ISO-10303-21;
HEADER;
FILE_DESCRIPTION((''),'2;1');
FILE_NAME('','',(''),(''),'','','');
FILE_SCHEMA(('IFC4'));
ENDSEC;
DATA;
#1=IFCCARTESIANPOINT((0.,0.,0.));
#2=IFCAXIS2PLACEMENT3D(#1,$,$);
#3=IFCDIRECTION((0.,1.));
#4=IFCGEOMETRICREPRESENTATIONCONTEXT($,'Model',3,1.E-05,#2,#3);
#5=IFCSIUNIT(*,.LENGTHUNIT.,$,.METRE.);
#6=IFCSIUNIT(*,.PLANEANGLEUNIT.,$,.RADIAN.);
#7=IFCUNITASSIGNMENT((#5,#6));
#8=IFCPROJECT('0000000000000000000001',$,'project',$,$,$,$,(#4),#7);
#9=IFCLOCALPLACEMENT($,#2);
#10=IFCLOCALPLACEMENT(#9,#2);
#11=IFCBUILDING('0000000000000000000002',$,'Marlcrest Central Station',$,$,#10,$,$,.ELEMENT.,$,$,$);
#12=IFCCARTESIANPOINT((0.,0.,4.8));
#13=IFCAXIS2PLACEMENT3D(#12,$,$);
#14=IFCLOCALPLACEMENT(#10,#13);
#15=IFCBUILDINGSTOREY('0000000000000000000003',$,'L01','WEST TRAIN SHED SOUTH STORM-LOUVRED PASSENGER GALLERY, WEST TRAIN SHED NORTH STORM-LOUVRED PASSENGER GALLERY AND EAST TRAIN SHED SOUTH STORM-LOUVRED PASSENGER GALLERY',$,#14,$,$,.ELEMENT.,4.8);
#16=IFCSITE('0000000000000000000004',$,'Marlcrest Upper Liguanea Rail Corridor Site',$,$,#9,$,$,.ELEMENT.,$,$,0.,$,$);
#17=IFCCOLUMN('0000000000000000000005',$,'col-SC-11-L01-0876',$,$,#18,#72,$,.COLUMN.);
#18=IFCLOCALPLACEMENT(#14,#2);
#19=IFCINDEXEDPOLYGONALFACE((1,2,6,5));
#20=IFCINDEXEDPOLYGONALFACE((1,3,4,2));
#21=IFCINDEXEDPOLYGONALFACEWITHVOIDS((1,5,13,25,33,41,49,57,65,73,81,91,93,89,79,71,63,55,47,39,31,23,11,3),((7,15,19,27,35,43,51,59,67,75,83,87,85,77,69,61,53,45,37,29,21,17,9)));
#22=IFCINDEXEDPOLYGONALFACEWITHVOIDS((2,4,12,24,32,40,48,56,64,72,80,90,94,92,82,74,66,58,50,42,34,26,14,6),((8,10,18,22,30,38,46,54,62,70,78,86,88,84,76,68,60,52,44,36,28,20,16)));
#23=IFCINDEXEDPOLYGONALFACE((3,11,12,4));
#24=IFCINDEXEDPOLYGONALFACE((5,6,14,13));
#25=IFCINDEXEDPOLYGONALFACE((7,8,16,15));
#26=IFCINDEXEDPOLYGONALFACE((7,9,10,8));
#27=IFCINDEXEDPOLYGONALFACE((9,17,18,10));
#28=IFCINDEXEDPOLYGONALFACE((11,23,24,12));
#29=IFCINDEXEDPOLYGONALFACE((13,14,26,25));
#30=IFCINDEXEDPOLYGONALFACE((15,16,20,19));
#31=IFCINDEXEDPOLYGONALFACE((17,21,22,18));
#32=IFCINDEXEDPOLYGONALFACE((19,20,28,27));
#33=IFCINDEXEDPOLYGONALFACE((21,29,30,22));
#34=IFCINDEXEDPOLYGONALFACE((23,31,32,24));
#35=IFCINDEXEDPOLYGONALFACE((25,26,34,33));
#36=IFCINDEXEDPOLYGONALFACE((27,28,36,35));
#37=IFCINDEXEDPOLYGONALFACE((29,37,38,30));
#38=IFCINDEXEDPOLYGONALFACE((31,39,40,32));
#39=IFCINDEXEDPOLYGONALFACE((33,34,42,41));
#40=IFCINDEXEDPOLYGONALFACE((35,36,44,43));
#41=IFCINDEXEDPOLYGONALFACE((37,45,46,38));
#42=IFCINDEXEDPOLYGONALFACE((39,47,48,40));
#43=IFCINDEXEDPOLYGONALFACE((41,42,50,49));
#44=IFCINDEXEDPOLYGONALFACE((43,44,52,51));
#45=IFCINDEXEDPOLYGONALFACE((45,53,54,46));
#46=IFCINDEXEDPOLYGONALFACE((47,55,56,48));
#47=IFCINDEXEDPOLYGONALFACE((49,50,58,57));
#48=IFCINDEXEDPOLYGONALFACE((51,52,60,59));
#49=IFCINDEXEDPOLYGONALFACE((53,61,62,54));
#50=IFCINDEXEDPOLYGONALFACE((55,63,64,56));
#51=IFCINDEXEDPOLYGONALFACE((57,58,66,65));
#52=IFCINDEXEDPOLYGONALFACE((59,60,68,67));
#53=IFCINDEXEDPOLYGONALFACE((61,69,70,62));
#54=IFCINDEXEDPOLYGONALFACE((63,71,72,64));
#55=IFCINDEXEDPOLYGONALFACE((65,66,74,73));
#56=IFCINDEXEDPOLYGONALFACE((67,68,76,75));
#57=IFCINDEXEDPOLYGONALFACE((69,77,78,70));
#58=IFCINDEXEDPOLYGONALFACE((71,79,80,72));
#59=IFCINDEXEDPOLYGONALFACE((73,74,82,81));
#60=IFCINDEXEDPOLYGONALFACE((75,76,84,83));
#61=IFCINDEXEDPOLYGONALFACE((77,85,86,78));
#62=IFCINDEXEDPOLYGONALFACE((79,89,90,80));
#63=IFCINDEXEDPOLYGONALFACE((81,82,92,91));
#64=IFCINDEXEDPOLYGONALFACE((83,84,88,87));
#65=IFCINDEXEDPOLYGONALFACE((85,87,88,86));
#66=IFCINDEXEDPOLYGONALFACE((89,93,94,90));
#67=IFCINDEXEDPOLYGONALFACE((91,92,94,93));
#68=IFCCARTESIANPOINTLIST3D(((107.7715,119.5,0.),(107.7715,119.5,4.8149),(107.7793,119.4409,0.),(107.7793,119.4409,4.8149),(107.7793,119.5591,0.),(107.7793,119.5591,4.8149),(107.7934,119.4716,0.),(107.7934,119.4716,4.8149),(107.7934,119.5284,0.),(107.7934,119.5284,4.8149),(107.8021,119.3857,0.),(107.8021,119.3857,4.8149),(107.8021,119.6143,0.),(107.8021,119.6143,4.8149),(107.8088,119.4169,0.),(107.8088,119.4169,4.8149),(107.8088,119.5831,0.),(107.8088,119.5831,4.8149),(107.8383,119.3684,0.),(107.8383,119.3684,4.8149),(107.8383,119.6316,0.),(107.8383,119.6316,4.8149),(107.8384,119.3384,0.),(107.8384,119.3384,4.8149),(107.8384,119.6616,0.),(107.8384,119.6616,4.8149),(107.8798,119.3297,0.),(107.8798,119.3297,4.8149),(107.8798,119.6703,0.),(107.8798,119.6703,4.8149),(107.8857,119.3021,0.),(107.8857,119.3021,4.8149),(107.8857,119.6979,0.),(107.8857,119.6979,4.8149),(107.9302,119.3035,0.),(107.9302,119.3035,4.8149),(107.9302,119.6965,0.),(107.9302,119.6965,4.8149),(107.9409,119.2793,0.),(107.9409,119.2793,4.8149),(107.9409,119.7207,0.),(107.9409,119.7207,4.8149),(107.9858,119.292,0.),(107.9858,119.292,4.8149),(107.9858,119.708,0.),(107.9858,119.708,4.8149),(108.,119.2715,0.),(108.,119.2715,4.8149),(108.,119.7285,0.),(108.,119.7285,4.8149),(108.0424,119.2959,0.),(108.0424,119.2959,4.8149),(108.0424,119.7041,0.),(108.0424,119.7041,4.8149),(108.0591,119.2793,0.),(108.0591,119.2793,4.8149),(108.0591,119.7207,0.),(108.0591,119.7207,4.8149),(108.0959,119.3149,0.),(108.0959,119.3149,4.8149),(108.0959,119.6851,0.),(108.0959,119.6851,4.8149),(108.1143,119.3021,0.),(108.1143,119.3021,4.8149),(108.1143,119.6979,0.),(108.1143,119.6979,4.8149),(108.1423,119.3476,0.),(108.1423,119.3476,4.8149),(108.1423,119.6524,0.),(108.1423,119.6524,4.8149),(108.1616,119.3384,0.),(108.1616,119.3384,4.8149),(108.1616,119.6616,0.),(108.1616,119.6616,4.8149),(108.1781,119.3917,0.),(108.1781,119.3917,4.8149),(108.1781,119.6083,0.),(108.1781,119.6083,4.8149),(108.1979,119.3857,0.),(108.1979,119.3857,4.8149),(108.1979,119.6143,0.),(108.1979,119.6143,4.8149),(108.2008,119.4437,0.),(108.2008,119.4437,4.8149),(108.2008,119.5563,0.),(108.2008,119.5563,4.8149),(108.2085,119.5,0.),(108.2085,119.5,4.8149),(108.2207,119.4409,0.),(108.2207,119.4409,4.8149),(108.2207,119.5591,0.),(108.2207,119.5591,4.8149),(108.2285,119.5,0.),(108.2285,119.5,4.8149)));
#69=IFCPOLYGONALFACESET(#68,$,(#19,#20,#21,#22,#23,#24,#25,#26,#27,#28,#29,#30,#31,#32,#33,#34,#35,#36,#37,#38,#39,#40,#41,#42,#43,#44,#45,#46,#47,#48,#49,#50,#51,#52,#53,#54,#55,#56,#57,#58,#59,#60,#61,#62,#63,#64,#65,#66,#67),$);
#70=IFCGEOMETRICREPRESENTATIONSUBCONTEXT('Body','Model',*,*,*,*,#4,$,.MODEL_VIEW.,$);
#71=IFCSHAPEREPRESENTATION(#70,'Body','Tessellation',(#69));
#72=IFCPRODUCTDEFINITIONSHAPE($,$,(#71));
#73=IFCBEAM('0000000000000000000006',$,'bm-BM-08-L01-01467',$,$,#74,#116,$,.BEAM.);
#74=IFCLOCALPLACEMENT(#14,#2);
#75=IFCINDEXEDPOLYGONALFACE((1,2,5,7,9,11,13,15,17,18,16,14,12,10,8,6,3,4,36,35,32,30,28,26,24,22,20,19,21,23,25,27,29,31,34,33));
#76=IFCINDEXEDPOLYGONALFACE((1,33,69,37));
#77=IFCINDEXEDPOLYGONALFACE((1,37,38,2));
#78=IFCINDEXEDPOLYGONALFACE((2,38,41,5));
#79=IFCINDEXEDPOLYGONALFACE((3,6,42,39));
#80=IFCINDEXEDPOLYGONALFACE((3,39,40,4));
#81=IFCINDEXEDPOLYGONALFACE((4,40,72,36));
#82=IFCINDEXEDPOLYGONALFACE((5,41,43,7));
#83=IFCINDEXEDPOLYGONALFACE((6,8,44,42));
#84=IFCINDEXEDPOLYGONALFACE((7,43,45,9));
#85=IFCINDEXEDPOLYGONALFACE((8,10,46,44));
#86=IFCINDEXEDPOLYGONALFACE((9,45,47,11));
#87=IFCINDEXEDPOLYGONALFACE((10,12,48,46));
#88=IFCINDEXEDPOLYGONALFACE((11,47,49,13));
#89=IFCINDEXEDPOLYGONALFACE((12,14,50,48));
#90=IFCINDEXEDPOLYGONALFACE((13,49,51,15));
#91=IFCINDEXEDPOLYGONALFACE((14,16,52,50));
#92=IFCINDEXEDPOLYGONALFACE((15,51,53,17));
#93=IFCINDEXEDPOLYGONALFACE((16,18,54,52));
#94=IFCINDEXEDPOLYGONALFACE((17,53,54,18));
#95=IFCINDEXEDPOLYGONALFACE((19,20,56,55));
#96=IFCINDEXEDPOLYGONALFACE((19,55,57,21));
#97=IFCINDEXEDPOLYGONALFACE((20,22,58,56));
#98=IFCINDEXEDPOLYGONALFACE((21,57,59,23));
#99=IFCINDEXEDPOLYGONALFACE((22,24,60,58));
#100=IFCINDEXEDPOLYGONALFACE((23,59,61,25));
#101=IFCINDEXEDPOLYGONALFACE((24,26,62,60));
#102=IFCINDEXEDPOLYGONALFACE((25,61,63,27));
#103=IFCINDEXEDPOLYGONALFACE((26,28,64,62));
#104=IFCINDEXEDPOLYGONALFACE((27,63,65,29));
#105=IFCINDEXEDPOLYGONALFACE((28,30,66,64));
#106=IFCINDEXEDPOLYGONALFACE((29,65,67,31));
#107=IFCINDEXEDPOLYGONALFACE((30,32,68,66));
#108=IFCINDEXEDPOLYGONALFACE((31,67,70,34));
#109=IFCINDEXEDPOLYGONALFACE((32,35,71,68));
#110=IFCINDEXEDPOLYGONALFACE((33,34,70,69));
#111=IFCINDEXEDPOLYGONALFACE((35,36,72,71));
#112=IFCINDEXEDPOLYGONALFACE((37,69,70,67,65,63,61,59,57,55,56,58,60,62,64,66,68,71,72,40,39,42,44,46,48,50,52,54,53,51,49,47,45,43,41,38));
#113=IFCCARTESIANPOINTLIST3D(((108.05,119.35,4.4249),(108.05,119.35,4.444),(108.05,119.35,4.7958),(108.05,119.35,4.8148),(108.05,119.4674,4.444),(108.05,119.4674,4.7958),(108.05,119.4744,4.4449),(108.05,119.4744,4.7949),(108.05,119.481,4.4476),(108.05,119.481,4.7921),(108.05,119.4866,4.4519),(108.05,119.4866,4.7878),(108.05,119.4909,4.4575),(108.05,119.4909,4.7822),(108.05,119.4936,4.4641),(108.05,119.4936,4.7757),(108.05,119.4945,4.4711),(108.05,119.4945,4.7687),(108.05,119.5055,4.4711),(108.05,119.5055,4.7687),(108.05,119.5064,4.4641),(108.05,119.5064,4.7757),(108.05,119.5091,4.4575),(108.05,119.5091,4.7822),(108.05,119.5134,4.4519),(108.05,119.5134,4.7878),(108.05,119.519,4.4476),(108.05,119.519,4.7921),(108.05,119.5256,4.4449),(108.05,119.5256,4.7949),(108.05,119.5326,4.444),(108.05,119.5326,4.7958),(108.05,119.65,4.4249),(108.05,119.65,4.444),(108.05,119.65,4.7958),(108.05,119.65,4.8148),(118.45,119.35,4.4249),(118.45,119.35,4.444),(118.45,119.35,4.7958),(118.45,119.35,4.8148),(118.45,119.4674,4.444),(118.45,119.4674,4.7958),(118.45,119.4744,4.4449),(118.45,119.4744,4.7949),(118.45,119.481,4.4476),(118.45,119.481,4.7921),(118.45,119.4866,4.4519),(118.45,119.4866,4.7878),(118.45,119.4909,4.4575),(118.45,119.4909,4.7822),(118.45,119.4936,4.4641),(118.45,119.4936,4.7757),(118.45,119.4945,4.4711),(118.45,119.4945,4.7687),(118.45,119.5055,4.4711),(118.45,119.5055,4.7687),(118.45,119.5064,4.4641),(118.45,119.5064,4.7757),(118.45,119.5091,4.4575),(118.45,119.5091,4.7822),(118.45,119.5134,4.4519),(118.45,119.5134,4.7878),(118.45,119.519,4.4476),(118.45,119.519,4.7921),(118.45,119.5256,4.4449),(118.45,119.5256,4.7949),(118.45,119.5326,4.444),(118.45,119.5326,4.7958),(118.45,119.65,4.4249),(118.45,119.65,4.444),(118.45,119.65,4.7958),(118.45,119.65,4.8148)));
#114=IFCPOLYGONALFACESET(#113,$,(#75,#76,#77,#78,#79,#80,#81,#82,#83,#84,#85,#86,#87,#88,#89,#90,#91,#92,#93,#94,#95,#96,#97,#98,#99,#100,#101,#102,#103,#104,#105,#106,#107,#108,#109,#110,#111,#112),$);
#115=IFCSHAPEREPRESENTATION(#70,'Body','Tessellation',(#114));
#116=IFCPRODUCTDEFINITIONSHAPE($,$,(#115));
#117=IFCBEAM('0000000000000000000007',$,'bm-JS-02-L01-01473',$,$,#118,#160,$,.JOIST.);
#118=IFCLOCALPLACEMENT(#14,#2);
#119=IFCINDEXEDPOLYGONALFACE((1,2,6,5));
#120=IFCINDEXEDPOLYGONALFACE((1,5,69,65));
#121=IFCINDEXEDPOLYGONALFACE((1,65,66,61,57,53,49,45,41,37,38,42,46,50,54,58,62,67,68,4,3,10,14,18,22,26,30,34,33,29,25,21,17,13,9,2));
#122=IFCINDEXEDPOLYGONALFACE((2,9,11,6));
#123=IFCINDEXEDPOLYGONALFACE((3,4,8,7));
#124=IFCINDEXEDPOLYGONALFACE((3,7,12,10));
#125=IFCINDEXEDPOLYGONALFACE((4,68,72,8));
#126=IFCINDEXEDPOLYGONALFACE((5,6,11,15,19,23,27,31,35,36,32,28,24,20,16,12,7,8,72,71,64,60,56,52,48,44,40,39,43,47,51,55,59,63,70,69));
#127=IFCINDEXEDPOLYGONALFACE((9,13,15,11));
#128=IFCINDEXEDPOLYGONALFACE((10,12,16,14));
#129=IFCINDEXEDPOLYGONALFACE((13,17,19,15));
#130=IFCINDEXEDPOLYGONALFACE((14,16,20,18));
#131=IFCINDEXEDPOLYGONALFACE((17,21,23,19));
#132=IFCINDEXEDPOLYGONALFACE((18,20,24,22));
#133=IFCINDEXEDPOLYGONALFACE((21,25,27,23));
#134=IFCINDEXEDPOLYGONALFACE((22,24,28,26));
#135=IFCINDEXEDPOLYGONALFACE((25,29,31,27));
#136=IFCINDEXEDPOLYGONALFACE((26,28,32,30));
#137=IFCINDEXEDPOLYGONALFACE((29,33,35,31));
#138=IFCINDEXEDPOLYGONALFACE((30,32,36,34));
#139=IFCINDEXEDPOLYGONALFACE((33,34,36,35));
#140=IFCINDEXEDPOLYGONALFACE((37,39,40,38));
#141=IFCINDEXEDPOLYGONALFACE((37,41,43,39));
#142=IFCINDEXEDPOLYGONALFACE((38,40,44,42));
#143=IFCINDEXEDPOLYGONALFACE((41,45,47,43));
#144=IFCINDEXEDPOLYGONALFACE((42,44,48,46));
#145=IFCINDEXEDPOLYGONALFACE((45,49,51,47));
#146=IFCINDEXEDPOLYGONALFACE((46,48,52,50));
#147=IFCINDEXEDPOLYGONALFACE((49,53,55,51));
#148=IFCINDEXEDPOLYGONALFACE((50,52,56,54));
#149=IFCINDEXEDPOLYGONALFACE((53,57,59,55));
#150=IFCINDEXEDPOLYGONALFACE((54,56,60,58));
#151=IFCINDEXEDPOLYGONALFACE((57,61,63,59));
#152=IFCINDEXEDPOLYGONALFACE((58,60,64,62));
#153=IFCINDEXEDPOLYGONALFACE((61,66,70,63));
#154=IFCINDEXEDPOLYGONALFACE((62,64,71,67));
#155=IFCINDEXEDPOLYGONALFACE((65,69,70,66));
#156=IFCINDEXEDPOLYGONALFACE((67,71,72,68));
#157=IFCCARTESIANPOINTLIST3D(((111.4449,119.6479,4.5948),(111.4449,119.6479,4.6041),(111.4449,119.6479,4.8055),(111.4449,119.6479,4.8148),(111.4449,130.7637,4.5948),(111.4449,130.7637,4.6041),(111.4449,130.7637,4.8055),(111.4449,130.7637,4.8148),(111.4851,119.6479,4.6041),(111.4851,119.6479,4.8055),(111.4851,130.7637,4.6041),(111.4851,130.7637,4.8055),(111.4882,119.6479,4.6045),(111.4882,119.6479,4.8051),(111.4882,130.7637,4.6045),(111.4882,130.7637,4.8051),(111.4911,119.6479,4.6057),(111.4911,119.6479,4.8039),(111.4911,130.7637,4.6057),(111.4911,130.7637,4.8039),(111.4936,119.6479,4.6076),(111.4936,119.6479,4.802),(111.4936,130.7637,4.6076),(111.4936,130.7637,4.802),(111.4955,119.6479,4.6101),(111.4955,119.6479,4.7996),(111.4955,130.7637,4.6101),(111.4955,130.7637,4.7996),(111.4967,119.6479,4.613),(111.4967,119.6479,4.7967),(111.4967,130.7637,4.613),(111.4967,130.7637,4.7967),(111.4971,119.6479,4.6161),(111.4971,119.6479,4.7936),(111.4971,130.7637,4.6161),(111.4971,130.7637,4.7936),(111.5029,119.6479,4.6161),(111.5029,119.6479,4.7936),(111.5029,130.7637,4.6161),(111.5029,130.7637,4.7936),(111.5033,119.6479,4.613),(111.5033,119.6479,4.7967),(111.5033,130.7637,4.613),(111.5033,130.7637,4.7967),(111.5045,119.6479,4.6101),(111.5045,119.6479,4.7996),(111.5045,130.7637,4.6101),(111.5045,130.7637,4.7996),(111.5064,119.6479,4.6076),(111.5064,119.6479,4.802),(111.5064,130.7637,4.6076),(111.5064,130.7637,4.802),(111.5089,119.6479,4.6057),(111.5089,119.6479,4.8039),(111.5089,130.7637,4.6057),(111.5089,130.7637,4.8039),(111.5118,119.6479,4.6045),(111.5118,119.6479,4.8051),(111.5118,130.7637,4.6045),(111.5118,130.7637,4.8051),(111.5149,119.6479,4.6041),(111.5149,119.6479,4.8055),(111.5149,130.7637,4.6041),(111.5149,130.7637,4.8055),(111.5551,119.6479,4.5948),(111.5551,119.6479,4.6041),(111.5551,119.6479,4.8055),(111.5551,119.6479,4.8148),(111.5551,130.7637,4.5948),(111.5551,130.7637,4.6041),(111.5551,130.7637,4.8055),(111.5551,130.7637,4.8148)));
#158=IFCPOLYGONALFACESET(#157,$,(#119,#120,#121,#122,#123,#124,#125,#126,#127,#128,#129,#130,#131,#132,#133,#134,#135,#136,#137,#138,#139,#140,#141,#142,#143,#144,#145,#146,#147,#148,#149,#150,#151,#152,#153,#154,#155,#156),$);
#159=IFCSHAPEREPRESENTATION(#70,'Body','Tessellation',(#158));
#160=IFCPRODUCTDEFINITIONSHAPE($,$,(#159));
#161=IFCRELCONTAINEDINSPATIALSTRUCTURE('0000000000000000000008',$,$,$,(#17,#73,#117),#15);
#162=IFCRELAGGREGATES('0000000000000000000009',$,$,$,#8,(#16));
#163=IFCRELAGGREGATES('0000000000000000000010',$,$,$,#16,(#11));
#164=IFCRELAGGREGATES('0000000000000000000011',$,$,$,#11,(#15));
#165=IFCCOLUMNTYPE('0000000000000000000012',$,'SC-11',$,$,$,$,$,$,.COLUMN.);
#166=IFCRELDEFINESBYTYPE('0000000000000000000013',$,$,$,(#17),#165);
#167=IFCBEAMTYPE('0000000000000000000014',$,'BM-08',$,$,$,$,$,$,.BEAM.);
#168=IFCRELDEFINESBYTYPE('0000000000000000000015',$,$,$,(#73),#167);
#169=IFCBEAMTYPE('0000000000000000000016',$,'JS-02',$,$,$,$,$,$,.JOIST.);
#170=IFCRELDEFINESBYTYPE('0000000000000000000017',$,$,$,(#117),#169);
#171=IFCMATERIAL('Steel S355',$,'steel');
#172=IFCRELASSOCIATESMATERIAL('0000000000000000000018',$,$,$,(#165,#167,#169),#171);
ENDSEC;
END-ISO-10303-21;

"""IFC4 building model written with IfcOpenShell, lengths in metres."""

from ifc_helpers import new_model, si_unit, direction, frame, origin, origin_2d, place, context, subcontext, project, spatial, hollow_circle, i_section, extrude, material, material_profile, profile_set, type_object, element, save


model = new_model("IFC4")

# Units and contexts
model_context = context("Model", 3, precision=1e-05, world=origin(), true_north=direction((0.0, 1.0)))
body_context = subcontext(model_context, "Body", "Model", "MODEL_VIEW")
ifc_project = project(units=[si_unit("LENGTHUNIT", "METRE"), si_unit("PLANEANGLEUNIT", "RADIAN")], contexts=[model_context])

# Site, building, storey
site_placement = place(None, origin())
site = spatial("IfcSite", under=ifc_project, at=site_placement, Name="Marlcrest Upper Liguanea Rail Corridor Site", CompositionType="ELEMENT", RefElevation=0.0)
building_placement = place(site_placement, origin())
building = spatial("IfcBuilding", under=site, at=building_placement, Name="Marlcrest Central Station", CompositionType="ELEMENT")
storey_placement = place(building_placement, frame((0.0, 0.0, 4.8)))
storey = spatial("IfcBuildingStorey", under=building, at=storey_placement, Name="L01", Description="WEST TRAIN SHED SOUTH STORM-LOUVRED PASSENGER GALLERY, WEST TRAIN SHED NORTH STORM-LOUVRED PASSENGER GALLERY AND EAST TRAIN SHED SOUTH STORM-LOUVRED PASSENGER GALLERY", CompositionType="ELEMENT", Elevation=4.8)

# Column
ifc_material_1 = material(Name="Steel S355", Category="steel")
ifc_material_profile_1 = material_profile(ifc_material_1, hollow_circle(Radius=0.2285, WallThickness=0.02, at=origin_2d()), Name="CHS 457x20")
ifc_profile_set_1 = profile_set([ifc_material_profile_1], Name="Steel S355")
column_type_1 = type_object("IfcColumnType", Name="SC-11", PredefinedType="COLUMN", material=ifc_profile_set_1)
column_1_placement = place(storey_placement, frame((108.0, 119.5, 0.0), z_axis=(0.0, 0.0, 1.0), x_axis=(1.0, 0.0, 0.0)))
element("IfcColumn", 1, at=column_1_placement, inside=storey, type_object=column_type_1, Name="col-SC-11-L01-0876", PredefinedType="COLUMN", context=body_context, shape_type="SweptSolid", body=[
    extrude(hollow_circle(Radius=0.2285, WallThickness=0.02, at=origin_2d()), origin(), (0.0, 0.0, 1.0), 4.8149),
])

# Beams
ifc_material_profile_2 = material_profile(ifc_material_1, i_section(OverallWidth=0.3, OverallDepth=0.3899, WebThickness=0.011, FlangeThickness=0.019, FilletRadius=0.0271, at=origin_2d()), Name="HEA 400")
ifc_profile_set_2 = profile_set([ifc_material_profile_2], Name="Steel S355")
beam_type_1 = type_object("IfcBeamType", Name="BM-08", PredefinedType="BEAM", material=ifc_profile_set_2)
beam_1_placement = place(storey_placement, frame((108.05, 119.5, 4.6199), z_axis=(1.0, 0.0, 0.0), x_axis=(0.0, 1.0, 0.0)))
element("IfcBeam", 2, at=beam_1_placement, inside=storey, type_object=beam_type_1, Name="bm-BM-08-L01-01467", PredefinedType="BEAM", context=body_context, shape_type="SweptSolid", body=[
    extrude(i_section(OverallWidth=0.3, OverallDepth=0.3899, WebThickness=0.011, FlangeThickness=0.019, FilletRadius=0.0271, at=origin_2d()), origin(), (0.0, 0.0, 1.0), 10.3999),
])
ifc_material_profile_3 = material_profile(ifc_material_1, i_section(OverallWidth=0.1101, OverallDepth=0.22, WebThickness=0.0059, FlangeThickness=0.0093, FilletRadius=0.012, at=origin_2d()), Name="IPE 220")
ifc_profile_set_3 = profile_set([ifc_material_profile_3], Name="Steel S355")
beam_type_2 = type_object("IfcBeamType", Name="JS-02", PredefinedType="JOIST", material=ifc_profile_set_3)
beam_2_placement = place(storey_placement, frame((111.5, 119.6479, 4.7048), z_axis=(0.0, 1.0, 0.0), x_axis=(-1.0, 0.0, 0.0)))
element("IfcBeam", 3, at=beam_2_placement, inside=storey, type_object=beam_type_2, Name="bm-JS-02-L01-01473", PredefinedType="JOIST", context=body_context, shape_type="SweptSolid", body=[
    extrude(i_section(OverallWidth=0.1101, OverallDepth=0.22, WebThickness=0.0059, FlangeThickness=0.0093, FilletRadius=0.012, at=origin_2d()), origin(), (0.0, 0.0, 1.0), 11.1157),
])

save(model, "model.ifc")
